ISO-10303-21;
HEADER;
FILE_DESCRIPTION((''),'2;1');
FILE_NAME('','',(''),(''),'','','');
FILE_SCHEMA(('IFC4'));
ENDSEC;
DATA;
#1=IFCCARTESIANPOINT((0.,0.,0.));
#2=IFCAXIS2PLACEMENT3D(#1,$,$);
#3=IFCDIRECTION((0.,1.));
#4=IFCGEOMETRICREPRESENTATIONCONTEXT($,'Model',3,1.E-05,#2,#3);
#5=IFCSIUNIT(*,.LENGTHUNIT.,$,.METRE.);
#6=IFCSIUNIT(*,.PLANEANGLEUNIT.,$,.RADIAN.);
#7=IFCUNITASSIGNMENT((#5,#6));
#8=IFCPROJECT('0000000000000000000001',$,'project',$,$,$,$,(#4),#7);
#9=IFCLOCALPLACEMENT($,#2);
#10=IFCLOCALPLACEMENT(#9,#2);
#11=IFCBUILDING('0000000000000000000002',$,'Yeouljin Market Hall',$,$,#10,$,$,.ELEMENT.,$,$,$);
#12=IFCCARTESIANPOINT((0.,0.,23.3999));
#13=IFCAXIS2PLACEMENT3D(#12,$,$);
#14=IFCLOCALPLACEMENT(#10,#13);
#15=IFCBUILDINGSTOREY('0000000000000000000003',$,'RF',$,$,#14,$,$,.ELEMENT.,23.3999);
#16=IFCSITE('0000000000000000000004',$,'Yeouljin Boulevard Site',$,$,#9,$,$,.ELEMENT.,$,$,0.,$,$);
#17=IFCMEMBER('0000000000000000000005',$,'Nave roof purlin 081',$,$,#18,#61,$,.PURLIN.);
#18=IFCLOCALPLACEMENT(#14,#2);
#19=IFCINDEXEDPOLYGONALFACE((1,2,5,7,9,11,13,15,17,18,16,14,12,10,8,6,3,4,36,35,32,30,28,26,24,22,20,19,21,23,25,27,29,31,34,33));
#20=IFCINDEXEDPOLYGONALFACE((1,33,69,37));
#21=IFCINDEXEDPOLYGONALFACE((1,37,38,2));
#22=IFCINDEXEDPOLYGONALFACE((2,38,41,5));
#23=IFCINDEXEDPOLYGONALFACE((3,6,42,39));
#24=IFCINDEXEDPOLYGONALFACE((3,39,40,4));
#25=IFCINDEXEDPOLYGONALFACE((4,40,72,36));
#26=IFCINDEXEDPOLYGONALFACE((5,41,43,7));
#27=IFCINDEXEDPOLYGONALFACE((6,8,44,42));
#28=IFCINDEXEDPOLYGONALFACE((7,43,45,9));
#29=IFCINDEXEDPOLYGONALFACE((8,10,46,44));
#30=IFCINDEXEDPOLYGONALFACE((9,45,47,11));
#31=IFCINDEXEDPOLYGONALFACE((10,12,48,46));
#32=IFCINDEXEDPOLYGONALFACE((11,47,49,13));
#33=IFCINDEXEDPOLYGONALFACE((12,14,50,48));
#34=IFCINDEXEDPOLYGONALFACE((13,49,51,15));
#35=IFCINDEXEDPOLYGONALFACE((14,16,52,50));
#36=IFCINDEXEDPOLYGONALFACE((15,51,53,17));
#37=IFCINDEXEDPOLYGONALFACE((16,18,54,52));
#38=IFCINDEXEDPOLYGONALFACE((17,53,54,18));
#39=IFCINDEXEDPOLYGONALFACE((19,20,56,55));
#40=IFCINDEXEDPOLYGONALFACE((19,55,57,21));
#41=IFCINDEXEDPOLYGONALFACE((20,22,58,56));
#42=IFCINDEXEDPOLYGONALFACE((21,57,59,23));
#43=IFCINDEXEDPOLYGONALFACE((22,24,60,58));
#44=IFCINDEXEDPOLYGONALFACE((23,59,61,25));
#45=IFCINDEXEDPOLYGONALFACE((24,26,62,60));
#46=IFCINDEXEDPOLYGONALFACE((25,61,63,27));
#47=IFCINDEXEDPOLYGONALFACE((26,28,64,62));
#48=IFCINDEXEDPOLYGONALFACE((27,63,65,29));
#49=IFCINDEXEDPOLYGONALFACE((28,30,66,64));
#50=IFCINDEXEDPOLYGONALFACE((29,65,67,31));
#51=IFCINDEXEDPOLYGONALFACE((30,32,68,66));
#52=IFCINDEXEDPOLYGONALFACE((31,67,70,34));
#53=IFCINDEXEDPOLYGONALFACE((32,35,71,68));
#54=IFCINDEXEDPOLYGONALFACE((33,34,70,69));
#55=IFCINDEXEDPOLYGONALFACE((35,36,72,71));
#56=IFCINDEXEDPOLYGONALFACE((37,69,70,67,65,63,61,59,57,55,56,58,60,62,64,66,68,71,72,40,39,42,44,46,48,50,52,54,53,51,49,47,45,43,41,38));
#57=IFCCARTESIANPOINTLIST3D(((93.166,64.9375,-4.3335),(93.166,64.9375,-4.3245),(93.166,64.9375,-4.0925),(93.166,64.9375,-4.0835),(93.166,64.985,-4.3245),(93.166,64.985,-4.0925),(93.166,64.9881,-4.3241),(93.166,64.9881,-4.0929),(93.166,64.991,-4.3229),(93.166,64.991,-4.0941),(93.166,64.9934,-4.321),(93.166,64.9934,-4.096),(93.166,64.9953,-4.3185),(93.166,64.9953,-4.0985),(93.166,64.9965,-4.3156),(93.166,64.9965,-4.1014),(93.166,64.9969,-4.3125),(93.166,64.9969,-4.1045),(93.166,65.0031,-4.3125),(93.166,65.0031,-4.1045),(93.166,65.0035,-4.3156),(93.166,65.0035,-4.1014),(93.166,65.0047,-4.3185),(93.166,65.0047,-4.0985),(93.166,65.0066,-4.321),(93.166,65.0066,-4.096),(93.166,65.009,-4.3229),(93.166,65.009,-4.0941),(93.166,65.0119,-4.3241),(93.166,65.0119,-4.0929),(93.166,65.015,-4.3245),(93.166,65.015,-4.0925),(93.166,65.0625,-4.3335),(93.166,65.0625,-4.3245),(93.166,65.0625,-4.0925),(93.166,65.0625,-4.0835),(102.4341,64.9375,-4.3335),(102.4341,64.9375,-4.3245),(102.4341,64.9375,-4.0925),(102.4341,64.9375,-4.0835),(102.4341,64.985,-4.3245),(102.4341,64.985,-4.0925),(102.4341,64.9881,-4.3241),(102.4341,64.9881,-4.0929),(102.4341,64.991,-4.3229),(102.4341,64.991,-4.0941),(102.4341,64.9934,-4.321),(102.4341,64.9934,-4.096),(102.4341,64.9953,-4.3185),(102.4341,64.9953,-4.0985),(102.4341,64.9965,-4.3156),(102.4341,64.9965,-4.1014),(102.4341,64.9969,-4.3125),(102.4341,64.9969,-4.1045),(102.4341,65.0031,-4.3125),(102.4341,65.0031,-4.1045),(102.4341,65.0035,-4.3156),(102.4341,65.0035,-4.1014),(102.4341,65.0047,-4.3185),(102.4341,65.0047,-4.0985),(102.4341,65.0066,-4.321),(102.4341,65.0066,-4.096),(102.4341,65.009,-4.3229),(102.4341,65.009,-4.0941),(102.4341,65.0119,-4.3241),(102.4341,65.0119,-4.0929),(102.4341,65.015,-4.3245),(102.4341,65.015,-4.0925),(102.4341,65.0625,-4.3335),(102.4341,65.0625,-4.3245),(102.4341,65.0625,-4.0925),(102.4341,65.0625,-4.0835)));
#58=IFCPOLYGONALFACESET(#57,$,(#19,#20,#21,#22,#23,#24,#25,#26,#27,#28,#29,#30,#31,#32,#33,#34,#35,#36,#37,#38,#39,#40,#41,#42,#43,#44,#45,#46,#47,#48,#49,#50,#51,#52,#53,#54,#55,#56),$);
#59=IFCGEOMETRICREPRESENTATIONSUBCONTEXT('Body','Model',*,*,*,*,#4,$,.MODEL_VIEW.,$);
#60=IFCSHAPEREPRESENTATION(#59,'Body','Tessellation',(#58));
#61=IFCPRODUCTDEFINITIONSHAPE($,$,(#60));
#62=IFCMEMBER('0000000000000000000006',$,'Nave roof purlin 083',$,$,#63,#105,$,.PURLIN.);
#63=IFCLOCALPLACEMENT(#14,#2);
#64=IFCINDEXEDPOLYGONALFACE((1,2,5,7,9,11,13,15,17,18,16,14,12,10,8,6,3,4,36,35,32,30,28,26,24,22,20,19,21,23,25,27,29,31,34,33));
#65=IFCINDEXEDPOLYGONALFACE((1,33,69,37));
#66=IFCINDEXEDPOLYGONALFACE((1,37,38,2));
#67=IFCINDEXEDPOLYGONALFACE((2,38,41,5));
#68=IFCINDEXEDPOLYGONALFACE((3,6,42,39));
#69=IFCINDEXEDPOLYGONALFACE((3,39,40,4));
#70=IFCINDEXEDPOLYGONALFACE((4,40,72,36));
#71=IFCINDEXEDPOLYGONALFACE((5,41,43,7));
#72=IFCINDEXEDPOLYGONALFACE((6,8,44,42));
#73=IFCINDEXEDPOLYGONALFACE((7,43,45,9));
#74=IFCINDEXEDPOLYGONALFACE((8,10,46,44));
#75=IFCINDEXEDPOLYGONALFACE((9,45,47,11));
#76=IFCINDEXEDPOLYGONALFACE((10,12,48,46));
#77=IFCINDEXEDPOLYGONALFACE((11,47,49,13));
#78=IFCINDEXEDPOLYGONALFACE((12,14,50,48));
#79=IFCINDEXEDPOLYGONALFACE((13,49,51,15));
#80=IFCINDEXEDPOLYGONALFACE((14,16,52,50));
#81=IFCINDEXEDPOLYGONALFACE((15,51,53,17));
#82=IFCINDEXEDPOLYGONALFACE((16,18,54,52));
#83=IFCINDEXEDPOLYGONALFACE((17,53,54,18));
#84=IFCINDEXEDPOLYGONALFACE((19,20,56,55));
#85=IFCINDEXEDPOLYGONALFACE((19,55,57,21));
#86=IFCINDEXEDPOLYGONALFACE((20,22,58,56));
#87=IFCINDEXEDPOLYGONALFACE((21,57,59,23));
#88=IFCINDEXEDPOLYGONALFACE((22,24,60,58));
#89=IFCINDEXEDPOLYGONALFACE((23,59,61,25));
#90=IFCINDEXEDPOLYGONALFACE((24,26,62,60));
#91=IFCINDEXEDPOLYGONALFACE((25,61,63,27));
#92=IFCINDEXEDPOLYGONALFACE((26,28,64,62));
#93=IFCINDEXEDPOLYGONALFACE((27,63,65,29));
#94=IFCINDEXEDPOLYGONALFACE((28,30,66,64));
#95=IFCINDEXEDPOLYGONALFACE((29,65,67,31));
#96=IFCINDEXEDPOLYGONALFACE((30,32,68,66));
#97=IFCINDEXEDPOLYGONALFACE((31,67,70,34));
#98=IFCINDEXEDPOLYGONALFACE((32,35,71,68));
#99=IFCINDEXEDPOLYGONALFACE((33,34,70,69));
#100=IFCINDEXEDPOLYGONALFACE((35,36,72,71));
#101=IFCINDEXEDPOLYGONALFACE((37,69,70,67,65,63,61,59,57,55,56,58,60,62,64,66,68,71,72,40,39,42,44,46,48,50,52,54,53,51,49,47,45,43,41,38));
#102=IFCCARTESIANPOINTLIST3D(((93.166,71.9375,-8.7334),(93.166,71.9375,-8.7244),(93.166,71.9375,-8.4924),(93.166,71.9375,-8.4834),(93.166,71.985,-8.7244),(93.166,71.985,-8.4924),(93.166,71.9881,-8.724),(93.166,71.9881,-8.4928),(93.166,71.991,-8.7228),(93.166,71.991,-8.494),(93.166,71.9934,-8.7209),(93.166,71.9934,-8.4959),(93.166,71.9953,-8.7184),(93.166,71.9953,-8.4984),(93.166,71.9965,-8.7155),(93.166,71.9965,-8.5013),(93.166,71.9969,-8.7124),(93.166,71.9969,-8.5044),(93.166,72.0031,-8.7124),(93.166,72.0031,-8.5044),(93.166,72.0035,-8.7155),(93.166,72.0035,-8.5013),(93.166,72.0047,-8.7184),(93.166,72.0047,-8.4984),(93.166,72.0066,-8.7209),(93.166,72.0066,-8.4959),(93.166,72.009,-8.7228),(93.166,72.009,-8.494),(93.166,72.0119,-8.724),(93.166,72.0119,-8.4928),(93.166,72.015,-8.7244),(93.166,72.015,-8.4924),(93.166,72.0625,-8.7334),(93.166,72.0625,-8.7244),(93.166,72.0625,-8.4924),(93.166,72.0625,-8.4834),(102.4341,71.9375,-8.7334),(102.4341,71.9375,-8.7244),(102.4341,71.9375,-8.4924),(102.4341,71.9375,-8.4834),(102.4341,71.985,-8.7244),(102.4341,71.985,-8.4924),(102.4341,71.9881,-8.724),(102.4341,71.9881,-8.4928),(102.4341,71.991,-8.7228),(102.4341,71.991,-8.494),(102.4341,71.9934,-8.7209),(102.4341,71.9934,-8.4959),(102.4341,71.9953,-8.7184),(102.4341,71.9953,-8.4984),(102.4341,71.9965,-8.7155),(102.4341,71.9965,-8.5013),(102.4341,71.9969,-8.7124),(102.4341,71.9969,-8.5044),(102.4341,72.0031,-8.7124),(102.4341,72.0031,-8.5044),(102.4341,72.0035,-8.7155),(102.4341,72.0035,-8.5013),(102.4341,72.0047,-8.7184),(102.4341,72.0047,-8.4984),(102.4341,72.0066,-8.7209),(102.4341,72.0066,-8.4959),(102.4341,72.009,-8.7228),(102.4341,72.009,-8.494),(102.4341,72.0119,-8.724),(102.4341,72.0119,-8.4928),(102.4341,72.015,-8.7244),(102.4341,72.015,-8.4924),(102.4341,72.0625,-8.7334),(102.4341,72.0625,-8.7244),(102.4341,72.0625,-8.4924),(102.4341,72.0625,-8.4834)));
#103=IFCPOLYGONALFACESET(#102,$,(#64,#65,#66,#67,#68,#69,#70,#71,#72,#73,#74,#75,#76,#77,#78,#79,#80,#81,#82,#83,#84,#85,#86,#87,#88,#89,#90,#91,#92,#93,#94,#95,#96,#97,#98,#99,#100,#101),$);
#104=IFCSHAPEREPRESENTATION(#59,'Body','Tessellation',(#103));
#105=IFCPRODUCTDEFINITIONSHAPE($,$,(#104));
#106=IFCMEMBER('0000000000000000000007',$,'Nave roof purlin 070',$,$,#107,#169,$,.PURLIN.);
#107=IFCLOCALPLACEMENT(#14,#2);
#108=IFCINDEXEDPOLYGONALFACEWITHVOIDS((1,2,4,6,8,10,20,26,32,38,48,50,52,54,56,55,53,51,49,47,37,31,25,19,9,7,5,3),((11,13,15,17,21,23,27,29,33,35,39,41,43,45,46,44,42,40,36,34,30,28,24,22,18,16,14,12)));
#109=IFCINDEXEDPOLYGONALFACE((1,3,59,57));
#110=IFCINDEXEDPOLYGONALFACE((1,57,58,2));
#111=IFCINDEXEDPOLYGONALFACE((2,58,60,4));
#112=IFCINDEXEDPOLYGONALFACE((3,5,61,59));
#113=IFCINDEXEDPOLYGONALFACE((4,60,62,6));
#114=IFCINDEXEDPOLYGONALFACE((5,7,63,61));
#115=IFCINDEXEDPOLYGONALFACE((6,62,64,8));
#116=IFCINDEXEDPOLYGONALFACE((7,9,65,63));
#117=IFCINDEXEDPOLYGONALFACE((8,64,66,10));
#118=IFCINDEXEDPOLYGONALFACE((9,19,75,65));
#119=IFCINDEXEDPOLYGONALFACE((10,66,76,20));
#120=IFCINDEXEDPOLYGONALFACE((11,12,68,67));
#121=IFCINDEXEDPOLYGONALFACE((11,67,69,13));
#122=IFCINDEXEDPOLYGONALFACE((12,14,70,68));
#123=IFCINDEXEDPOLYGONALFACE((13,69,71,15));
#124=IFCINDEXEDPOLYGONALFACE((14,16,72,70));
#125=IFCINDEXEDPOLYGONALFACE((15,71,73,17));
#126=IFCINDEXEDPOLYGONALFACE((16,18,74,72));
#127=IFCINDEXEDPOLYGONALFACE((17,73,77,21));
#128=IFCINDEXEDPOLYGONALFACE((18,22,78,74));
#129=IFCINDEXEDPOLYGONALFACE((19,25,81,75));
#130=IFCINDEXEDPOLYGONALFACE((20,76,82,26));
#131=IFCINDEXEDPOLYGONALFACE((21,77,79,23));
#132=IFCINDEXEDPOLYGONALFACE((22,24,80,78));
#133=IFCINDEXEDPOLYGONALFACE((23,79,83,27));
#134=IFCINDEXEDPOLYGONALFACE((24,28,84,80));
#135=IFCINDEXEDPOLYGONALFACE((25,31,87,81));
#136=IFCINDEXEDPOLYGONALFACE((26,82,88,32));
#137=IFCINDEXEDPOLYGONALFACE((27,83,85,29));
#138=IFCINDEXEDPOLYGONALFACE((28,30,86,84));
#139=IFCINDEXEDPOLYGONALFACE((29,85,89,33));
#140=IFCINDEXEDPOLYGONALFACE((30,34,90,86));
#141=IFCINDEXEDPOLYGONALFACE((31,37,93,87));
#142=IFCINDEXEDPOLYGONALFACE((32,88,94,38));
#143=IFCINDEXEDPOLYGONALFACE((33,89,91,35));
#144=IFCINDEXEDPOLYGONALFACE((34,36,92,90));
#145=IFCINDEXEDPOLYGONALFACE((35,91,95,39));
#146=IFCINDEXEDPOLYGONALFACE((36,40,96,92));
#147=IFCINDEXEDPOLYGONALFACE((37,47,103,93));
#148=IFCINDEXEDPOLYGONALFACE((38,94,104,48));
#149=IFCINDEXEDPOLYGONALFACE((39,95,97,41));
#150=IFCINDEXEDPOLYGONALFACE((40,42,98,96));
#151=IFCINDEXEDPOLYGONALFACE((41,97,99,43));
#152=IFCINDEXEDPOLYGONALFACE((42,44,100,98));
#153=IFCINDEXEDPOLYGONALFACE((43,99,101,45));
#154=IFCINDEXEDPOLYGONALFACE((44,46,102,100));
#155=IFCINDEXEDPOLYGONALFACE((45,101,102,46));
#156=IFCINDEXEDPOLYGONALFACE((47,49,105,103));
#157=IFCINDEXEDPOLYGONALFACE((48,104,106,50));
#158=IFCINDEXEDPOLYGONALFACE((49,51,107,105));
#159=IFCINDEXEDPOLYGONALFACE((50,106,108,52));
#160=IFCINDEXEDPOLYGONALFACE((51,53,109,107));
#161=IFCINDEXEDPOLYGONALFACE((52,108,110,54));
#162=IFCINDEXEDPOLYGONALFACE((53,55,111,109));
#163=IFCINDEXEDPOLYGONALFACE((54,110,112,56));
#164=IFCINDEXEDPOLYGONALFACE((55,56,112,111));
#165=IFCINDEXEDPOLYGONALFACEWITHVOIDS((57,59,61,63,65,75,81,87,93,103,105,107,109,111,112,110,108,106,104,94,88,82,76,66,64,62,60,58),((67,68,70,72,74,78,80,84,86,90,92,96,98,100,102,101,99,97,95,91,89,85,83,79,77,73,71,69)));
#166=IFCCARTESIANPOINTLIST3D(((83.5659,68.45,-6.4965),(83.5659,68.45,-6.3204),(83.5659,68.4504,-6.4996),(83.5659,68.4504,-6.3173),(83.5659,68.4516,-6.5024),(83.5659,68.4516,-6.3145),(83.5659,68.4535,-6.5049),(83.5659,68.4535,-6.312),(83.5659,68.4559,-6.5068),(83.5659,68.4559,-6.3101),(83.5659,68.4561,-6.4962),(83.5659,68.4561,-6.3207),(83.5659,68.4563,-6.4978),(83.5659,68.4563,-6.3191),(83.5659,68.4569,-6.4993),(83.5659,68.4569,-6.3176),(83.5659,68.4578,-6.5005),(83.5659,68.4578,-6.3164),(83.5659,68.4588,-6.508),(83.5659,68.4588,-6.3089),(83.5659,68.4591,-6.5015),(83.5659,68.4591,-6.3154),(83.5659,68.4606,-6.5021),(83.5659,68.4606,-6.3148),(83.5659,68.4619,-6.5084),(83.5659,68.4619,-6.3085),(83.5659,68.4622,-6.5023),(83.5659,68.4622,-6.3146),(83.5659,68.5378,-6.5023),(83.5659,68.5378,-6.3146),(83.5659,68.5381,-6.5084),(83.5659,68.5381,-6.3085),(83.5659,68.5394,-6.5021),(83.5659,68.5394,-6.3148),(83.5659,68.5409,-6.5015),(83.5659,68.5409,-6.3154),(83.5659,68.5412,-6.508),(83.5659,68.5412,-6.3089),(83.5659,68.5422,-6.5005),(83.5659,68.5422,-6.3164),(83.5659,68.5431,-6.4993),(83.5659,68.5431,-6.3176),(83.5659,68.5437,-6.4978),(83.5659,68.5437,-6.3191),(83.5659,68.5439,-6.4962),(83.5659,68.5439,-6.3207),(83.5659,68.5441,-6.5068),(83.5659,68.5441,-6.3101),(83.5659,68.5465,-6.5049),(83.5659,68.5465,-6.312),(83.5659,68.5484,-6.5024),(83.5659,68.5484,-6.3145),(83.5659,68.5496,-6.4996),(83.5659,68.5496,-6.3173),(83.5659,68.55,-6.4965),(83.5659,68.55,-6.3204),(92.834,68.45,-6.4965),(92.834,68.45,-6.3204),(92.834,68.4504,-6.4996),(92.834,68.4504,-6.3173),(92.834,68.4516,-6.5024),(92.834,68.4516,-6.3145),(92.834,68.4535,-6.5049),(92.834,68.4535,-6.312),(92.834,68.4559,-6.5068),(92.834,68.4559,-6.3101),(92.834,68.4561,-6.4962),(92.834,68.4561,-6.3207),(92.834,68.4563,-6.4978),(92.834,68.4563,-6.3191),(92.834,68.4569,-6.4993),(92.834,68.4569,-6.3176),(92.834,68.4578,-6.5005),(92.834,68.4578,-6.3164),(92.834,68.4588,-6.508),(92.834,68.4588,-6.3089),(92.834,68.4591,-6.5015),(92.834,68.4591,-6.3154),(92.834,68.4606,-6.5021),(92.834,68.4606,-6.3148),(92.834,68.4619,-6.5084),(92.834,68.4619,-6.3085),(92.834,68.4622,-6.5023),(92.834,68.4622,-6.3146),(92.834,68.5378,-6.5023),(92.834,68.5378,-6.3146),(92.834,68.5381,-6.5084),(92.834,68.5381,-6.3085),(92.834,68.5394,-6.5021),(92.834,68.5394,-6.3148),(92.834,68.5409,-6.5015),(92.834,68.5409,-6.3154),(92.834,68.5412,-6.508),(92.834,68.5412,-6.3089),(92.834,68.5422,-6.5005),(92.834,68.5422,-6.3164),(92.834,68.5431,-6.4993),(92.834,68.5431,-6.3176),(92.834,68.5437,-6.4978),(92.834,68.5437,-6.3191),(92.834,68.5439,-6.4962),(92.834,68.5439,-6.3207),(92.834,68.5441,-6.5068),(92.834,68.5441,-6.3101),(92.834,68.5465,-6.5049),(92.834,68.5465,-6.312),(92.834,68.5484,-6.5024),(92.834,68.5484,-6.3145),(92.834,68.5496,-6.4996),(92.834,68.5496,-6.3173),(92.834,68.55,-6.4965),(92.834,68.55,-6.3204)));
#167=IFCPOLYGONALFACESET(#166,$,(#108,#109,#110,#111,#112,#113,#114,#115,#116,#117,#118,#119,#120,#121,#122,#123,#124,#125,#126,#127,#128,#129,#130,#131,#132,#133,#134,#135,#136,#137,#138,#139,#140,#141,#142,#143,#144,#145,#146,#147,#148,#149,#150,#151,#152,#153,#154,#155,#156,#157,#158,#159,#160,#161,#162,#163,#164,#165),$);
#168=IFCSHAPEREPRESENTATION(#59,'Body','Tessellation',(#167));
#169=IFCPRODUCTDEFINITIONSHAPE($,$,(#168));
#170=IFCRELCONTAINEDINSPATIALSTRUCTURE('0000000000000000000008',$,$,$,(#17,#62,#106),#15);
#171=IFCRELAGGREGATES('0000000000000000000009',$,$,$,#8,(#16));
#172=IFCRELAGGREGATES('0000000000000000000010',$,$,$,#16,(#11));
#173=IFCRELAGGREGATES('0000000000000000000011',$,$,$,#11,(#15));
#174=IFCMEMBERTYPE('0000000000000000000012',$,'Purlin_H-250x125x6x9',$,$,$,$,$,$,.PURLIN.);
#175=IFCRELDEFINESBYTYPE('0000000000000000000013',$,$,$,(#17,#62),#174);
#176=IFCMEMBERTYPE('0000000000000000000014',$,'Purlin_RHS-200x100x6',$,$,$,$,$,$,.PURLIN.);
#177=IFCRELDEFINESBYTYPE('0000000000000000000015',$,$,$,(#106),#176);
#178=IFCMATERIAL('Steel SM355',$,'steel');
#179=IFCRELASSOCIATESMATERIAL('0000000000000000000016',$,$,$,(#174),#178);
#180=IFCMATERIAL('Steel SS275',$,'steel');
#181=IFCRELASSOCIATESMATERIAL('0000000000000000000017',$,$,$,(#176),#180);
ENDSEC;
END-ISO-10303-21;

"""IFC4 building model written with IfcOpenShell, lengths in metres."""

from ifc_helpers import new_model, si_unit, direction, frame, origin, origin_2d, place, context, subcontext, project, spatial, hollow_rectangle, i_section, extrude, material, material_profile, profile_set, type_object, element, save


model = new_model("IFC4")

# Units and contexts
model_context = context("Model", 3, precision=1e-05, world=origin(), true_north=direction((0.0, 1.0)))
body_context = subcontext(model_context, "Body", "Model", "MODEL_VIEW")
ifc_project = project(units=[si_unit("LENGTHUNIT", "METRE"), si_unit("PLANEANGLEUNIT", "RADIAN")], contexts=[model_context])

# Site, building, storey
site_placement = place(None, origin())
site = spatial("IfcSite", under=ifc_project, at=site_placement, Name="Yeouljin Boulevard Site", CompositionType="ELEMENT", RefElevation=0.0)
building_placement = place(site_placement, origin())
building = spatial("IfcBuilding", under=site, at=building_placement, Name="Yeouljin Market Hall", CompositionType="ELEMENT")
storey_placement = place(building_placement, frame((0.0, 0.0, 23.3999)))
storey = spatial("IfcBuildingStorey", under=building, at=storey_placement, Name="RF", CompositionType="ELEMENT", Elevation=23.3999)

# Members
ifc_material_1 = material(Name="Steel SM355", Category="steel")
ifc_material_profile_1 = material_profile(ifc_material_1, i_section(OverallWidth=0.125, OverallDepth=0.25, WebThickness=0.0061, FlangeThickness=0.009, FilletRadius=0.012, at=origin_2d()), Name="H-250x125x6x9")
ifc_profile_set_1 = profile_set([ifc_material_profile_1], Name="Steel SM355")
member_type_1 = type_object("IfcMemberType", Name="Purlin_H-250x125x6x9", PredefinedType="PURLIN", material=ifc_profile_set_1)
for number, where, z_axis, x_axis, name in (
    (1, (93.166, 65.0, -4.2085), (1.0, 0.0, 0.0), (0.0, 1.0, 0.0), "Nave roof purlin 081"),
    (2, (93.166, 72.0, -8.6084), (1.0, 0.0, 0.0), (0.0, 1.0, 0.0), "Nave roof purlin 083"),
):
    element("IfcMember", number, at=place(storey_placement, frame(where, z_axis=z_axis, x_axis=x_axis)), inside=storey, type_object=member_type_1, Name=name, PredefinedType="PURLIN", context=body_context, shape_type="SweptSolid", body=[
        extrude(i_section(OverallWidth=0.125, OverallDepth=0.25, WebThickness=0.0061, FlangeThickness=0.009, FilletRadius=0.012, at=origin_2d()), origin(), (0.0, 0.0, 1.0), 9.2681),
    ])
ifc_material_2 = material(Name="Steel SS275", Category="steel")
ifc_material_profile_2 = material_profile(ifc_material_2, hollow_rectangle(XDim=0.1001, YDim=0.2, WallThickness=0.0061, InnerFilletRadius=0.0061, OuterFilletRadius=0.012, at=origin_2d()), Name="RHS-200x100x6")
ifc_profile_set_2 = profile_set([ifc_material_profile_2], Name="Steel SS275")
member_type_2 = type_object("IfcMemberType", Name="Purlin_RHS-200x100x6", PredefinedType="PURLIN", material=ifc_profile_set_2)
for number, where, z_axis, x_axis, name in (
    (3, (83.5659, 68.5, -6.4084), (1.0, 0.0, 0.0), (0.0, 1.0, 0.0), "Nave roof purlin 070"),
):
    element("IfcMember", number, at=place(storey_placement, frame(where, z_axis=z_axis, x_axis=x_axis)), inside=storey, type_object=member_type_2, Name=name, PredefinedType="PURLIN", context=body_context, shape_type="SweptSolid", body=[
        extrude(hollow_rectangle(XDim=0.1001, YDim=0.2, WallThickness=0.0061, InnerFilletRadius=0.0061, OuterFilletRadius=0.012, at=origin_2d()), origin(), (0.0, 0.0, 1.0), 9.2681),
    ])

save(model, "model.ifc")
